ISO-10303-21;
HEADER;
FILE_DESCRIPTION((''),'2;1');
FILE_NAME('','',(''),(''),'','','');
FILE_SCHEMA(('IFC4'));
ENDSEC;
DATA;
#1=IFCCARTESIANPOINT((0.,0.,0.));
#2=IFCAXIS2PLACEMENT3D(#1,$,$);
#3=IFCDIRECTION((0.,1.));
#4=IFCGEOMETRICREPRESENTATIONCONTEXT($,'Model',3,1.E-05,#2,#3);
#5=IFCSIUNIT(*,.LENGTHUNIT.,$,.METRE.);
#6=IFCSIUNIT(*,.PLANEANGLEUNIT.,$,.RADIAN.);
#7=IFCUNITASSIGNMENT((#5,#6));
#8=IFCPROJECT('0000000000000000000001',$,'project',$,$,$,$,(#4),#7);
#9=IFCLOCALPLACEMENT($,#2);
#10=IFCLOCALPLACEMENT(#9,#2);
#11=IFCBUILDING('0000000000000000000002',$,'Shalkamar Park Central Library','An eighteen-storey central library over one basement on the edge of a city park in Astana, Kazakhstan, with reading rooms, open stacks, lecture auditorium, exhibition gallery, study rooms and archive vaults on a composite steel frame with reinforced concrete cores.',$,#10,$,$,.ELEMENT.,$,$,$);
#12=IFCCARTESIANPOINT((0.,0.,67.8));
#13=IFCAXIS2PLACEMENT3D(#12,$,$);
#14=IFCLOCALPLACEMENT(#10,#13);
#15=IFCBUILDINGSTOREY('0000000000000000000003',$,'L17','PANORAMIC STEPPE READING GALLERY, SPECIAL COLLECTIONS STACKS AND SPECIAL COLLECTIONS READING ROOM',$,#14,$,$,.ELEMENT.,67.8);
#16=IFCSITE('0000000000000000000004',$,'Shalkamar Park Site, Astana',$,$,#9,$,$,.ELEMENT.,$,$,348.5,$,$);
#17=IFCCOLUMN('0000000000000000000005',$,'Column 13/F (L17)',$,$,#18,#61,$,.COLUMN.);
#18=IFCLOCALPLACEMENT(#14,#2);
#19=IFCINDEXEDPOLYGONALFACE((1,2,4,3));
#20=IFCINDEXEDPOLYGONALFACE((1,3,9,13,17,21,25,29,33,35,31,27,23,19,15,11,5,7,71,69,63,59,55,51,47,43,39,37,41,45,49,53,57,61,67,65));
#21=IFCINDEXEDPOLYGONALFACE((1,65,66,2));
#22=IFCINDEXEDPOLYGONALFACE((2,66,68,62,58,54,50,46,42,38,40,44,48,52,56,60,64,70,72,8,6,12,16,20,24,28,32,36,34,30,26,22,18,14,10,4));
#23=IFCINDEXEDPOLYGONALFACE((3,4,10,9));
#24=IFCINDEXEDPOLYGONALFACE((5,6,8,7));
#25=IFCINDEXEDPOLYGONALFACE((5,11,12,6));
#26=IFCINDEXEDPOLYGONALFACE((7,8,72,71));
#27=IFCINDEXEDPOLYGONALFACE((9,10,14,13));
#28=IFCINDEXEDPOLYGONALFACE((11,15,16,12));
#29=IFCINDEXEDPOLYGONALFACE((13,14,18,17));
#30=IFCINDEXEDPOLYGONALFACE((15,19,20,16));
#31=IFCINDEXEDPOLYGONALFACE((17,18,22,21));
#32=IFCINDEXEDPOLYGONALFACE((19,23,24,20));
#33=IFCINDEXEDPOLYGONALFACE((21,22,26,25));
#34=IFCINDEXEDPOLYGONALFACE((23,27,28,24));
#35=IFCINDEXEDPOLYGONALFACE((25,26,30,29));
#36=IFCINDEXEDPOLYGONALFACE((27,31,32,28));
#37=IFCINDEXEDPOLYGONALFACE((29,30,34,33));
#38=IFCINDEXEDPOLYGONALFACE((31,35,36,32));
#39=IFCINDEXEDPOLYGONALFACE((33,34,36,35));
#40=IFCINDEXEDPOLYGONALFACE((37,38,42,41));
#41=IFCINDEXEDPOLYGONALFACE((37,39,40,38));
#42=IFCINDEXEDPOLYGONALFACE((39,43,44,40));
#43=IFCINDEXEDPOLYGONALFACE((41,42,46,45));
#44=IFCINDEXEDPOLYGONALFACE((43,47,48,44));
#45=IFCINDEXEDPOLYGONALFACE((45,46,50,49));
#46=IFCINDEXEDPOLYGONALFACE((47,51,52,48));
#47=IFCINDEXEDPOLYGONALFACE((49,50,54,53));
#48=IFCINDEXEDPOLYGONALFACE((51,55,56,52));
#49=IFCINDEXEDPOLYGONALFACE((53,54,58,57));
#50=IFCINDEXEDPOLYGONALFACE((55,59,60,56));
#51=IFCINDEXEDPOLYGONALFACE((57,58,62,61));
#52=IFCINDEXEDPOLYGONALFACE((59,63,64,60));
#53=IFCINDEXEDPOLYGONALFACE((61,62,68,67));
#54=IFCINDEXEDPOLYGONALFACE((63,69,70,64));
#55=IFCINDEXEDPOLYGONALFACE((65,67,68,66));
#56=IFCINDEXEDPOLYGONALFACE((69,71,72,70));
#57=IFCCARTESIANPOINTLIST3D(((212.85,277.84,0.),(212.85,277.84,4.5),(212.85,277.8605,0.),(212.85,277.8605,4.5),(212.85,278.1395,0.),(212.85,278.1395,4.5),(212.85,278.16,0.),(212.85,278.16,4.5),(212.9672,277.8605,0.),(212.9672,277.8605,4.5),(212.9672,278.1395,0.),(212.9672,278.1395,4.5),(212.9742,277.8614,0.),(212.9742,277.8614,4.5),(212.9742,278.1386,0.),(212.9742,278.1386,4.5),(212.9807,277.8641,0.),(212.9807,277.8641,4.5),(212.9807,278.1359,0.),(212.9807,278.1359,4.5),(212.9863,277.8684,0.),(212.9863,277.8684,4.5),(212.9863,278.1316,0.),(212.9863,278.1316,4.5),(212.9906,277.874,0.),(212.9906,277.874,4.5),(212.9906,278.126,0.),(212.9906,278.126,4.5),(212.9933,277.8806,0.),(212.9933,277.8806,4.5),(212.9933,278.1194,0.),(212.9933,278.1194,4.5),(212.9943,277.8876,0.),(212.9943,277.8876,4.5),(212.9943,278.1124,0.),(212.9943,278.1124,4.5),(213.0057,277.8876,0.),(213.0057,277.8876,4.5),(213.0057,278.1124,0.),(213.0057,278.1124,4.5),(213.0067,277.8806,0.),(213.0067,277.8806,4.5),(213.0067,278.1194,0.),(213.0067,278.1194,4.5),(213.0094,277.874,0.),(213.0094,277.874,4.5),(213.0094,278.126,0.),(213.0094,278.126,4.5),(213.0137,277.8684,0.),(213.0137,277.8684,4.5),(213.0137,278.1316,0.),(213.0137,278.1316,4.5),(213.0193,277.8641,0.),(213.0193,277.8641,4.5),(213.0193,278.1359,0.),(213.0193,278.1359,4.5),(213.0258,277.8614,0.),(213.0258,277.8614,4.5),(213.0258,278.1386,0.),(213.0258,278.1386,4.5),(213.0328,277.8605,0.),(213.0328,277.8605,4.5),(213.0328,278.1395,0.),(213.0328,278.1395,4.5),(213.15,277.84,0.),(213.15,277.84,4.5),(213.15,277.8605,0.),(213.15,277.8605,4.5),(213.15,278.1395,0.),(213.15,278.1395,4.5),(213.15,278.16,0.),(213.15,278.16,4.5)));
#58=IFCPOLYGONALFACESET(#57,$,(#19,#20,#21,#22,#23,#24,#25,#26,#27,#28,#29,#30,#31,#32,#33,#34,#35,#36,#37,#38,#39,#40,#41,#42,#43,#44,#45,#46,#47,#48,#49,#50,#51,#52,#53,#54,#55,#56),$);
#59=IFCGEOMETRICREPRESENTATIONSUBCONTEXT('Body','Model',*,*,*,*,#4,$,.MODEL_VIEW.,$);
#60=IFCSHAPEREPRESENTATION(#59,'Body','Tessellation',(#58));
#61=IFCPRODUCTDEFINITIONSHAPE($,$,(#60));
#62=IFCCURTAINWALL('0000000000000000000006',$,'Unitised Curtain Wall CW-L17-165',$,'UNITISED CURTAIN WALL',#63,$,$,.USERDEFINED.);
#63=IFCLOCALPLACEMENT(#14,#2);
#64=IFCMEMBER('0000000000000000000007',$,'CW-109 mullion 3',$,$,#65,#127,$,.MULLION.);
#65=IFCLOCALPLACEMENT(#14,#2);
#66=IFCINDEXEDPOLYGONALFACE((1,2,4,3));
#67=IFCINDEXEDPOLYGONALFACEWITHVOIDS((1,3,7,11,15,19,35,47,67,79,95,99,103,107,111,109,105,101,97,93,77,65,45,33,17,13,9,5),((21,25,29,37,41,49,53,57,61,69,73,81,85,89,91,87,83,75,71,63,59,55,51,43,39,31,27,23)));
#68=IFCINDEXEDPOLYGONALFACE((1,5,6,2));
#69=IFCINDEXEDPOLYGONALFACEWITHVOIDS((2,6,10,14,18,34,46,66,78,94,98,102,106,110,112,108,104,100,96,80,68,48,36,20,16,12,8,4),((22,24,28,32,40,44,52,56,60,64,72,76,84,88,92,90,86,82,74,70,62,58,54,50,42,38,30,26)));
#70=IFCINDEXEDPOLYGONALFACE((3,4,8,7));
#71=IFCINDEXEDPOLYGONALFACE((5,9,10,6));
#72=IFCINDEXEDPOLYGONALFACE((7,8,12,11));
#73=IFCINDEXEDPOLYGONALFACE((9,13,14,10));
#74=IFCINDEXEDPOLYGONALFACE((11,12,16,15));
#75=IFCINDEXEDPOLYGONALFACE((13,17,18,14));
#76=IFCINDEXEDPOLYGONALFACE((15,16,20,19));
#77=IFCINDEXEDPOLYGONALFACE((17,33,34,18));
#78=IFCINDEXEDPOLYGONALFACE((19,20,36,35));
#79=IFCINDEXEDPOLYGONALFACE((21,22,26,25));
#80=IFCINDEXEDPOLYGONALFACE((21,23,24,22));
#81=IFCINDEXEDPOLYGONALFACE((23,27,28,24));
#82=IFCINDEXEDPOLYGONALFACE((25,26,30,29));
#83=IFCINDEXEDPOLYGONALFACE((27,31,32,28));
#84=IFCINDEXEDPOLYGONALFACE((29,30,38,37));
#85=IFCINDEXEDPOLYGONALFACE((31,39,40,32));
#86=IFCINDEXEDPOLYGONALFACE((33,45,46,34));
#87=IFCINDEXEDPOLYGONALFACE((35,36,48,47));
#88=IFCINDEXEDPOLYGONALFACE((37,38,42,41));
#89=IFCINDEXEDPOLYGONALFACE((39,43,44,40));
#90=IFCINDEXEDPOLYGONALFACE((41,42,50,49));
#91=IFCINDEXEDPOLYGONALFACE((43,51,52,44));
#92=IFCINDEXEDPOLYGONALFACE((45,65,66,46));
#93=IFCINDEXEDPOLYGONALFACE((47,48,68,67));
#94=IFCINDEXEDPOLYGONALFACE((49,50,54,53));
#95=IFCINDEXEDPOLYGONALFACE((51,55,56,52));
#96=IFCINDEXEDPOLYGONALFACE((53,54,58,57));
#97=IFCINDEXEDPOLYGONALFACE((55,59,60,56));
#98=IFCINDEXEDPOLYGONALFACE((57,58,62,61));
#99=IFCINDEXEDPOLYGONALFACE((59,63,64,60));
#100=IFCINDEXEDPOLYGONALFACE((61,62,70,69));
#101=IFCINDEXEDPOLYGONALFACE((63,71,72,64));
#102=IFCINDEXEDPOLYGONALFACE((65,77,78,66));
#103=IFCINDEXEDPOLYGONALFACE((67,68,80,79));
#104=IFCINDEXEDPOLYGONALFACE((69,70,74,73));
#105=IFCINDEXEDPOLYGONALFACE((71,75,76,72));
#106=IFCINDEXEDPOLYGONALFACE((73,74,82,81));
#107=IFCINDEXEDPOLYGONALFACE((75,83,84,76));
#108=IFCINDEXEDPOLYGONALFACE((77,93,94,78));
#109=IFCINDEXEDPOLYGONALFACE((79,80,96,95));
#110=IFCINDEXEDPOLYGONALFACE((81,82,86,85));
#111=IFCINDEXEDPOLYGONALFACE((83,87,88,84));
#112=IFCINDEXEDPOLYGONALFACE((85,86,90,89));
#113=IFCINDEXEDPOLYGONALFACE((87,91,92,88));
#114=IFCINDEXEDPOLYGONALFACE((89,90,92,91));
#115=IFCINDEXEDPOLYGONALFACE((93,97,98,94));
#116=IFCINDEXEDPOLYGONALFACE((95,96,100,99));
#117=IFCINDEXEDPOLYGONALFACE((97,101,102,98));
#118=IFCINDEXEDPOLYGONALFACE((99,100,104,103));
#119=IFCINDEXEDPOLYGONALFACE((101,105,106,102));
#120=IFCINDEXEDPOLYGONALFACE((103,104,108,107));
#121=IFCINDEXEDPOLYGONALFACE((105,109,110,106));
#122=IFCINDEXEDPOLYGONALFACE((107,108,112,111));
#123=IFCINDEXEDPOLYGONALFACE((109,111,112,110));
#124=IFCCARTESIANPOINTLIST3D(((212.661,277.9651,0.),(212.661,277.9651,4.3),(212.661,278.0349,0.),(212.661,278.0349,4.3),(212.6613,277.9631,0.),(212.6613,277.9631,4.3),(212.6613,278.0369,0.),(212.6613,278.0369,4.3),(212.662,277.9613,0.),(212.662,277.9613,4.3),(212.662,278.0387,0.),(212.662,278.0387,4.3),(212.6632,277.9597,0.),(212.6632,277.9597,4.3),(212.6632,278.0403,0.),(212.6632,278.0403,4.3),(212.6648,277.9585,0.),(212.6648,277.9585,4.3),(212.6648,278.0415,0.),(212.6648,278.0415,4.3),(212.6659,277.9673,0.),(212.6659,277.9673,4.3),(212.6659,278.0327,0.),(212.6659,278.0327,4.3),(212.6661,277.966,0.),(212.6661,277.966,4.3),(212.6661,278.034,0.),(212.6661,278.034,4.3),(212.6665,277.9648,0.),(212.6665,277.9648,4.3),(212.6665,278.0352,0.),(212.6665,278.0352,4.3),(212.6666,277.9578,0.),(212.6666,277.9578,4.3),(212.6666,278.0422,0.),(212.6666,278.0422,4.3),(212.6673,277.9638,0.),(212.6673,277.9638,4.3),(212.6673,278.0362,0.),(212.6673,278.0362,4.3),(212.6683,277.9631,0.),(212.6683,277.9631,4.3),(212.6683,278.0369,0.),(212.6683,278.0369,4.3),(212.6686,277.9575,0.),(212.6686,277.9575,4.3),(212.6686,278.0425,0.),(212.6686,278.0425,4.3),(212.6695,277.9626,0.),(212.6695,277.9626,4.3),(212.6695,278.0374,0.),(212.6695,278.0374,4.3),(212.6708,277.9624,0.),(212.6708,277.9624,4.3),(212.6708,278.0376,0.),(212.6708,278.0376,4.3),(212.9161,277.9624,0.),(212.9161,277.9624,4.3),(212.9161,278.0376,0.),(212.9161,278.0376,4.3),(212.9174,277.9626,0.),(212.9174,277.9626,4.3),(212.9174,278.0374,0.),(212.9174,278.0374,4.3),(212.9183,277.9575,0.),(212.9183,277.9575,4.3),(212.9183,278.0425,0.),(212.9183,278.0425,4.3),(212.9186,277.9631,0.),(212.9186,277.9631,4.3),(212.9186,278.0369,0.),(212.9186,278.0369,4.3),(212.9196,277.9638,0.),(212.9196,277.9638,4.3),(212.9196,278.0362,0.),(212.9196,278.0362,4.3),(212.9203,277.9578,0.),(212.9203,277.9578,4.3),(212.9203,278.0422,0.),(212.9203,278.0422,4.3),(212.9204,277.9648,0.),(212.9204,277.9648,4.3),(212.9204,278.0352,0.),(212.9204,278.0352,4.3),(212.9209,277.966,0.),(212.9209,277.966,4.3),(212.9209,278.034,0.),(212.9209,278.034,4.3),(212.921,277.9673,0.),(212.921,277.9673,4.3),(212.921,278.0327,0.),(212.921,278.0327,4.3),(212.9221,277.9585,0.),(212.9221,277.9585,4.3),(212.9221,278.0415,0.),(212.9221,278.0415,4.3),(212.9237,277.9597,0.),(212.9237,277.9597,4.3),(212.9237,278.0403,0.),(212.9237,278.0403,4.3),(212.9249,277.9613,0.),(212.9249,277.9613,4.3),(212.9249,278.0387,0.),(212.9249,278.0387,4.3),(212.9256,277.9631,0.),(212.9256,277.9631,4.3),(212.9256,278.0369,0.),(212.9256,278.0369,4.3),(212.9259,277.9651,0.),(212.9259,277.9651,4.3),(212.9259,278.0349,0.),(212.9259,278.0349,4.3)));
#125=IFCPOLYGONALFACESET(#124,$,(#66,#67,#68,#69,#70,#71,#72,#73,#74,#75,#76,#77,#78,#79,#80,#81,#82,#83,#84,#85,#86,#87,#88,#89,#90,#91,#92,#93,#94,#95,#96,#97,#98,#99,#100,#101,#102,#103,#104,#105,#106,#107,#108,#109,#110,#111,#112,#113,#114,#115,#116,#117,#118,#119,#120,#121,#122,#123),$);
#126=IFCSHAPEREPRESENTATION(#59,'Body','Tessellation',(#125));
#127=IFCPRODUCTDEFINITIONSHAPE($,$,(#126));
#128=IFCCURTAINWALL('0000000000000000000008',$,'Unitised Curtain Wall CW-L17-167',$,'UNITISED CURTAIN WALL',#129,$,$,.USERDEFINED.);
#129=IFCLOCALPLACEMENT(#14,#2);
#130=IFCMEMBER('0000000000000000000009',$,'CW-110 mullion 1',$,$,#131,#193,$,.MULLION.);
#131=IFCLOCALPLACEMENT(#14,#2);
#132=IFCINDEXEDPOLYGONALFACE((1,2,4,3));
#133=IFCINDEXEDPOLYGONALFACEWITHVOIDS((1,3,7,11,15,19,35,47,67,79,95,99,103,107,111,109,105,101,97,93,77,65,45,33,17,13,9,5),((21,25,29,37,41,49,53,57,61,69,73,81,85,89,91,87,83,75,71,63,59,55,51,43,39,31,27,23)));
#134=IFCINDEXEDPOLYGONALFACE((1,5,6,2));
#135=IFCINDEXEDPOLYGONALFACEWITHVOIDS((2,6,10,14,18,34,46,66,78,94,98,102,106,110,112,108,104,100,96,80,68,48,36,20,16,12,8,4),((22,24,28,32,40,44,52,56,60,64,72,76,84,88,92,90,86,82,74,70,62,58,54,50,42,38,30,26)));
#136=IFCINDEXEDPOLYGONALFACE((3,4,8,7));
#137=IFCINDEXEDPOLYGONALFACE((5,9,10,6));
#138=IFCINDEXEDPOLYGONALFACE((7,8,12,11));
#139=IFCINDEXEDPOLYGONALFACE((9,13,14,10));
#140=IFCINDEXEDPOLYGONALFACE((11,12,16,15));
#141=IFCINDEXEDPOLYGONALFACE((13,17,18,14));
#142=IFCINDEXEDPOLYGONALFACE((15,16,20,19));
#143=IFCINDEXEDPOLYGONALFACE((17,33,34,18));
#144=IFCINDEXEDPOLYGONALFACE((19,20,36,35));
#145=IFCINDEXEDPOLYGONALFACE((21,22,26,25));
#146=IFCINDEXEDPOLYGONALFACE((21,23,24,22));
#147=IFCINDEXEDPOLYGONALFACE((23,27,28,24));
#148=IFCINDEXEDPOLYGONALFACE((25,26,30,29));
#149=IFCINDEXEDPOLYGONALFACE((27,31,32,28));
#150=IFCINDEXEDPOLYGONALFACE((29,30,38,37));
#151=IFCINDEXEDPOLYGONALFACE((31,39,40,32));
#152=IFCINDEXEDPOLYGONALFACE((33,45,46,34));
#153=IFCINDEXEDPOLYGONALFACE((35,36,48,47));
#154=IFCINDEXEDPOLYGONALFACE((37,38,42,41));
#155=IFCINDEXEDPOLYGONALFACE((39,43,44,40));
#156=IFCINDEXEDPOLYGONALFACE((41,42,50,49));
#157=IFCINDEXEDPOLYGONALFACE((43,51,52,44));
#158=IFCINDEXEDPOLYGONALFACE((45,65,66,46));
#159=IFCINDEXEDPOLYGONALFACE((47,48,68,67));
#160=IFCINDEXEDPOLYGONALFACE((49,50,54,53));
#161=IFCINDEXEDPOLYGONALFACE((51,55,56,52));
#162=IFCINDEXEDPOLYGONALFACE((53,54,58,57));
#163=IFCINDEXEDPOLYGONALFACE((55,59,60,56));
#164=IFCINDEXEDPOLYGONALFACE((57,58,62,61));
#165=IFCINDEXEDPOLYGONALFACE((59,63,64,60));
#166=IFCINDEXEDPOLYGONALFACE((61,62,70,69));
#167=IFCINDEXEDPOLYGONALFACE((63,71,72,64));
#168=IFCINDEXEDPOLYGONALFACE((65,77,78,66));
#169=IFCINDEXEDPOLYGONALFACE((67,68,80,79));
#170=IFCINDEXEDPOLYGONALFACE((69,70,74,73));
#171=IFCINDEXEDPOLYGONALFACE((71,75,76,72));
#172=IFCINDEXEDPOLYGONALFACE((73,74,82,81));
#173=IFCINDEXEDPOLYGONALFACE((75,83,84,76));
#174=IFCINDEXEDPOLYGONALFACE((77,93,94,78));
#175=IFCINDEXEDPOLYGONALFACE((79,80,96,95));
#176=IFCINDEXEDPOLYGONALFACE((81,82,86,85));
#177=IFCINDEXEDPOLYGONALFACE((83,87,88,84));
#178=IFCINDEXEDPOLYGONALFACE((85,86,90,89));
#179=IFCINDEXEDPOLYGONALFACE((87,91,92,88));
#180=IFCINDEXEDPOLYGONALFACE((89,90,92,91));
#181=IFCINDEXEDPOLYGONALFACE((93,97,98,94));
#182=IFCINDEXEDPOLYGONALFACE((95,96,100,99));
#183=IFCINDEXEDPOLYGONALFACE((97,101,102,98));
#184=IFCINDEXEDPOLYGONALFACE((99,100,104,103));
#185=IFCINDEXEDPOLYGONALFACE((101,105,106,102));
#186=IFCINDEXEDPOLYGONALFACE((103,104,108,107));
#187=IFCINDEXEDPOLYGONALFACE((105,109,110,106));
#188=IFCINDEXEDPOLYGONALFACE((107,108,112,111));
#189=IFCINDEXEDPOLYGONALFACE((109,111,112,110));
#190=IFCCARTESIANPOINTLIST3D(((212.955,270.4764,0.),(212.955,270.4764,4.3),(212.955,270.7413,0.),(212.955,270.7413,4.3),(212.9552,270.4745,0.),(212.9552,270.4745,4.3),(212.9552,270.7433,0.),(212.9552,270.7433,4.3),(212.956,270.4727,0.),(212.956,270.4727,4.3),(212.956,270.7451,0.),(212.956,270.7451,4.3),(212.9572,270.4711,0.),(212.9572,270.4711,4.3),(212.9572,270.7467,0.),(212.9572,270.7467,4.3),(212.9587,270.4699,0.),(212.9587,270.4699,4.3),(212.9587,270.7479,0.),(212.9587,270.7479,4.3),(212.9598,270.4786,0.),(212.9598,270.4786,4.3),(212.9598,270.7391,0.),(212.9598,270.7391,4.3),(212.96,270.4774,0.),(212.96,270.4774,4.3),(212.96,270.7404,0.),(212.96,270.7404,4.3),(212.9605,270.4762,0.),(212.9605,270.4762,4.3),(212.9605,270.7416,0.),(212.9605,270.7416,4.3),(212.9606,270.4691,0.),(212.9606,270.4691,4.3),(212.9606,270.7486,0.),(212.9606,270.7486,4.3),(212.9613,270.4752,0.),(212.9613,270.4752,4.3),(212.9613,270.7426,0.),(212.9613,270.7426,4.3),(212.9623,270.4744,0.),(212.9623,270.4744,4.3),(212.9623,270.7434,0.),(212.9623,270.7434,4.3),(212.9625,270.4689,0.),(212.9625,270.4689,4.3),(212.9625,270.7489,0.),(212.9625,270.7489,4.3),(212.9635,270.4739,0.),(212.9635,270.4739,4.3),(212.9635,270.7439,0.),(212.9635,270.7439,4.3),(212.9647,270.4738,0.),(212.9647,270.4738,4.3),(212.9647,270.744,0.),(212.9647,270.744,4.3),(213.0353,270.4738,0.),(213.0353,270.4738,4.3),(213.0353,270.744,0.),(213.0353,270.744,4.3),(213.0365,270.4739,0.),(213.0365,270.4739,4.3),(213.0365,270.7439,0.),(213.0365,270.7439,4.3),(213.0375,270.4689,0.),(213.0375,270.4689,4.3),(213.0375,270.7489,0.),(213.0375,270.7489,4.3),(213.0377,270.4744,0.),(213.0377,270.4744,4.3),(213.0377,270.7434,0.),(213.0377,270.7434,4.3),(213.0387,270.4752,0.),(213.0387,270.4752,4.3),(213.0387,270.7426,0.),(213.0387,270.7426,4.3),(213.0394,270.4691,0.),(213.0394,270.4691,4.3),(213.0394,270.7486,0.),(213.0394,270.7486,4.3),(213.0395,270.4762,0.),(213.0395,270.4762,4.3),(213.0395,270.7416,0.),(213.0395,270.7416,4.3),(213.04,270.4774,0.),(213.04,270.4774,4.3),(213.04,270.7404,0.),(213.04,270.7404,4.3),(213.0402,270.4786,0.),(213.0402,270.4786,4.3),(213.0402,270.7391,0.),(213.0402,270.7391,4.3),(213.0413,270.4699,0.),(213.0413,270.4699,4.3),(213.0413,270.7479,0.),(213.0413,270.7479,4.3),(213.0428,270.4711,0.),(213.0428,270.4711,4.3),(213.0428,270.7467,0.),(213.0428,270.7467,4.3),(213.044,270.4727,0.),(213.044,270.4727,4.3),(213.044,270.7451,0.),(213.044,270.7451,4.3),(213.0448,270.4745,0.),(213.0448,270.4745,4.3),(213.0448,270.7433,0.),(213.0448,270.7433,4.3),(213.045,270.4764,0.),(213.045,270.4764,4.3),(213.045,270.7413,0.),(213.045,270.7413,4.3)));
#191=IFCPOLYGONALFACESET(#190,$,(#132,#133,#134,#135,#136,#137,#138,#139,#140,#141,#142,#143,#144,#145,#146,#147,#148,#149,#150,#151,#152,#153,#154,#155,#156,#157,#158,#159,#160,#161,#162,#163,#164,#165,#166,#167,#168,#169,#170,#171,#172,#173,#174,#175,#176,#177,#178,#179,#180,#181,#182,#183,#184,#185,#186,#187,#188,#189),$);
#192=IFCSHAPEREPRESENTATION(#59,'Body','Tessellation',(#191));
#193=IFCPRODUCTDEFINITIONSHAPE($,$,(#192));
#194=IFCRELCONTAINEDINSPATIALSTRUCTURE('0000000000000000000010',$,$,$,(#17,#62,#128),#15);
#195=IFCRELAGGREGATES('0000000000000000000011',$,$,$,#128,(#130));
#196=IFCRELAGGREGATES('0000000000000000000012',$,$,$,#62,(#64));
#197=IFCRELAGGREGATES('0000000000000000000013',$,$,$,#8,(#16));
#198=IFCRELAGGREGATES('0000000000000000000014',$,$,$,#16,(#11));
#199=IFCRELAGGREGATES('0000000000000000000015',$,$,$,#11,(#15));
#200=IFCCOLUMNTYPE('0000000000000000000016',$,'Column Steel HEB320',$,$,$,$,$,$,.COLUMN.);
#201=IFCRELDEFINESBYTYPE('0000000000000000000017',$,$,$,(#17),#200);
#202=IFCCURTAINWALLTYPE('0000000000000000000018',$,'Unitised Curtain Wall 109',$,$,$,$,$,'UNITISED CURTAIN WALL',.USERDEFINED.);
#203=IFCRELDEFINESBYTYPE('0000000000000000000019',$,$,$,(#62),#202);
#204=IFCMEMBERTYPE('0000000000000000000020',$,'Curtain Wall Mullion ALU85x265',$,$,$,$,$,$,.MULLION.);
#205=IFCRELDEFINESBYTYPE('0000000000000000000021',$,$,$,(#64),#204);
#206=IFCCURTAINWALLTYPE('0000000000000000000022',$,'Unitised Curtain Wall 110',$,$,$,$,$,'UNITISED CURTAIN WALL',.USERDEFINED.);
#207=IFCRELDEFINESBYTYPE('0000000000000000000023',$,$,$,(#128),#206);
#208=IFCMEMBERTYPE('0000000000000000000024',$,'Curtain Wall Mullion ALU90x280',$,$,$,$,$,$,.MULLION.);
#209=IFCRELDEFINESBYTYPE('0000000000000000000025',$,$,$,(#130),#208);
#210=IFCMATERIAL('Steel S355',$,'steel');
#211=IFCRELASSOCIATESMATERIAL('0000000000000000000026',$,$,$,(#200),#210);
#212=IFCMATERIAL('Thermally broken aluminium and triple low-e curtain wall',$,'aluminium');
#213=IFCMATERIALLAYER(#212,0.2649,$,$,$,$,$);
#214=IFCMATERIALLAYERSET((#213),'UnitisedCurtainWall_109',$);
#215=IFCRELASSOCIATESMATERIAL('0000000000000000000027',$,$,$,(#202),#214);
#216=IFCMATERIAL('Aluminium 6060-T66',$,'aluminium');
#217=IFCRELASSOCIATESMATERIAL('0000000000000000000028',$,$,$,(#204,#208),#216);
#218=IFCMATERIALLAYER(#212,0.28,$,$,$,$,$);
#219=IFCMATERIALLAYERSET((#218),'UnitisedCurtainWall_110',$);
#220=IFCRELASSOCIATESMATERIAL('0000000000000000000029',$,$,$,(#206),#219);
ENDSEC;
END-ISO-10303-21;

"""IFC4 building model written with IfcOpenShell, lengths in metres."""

from ifc_helpers import new_model, si_unit, direction, frame, origin, origin_2d, place, context, subcontext, project, spatial, hollow_rectangle, i_section, extrude, material, layer, layer_set, material_profile, profile_set, type_object, element, aggregate, save


model = new_model("IFC4")

# Units and contexts
model_context = context("Model", 3, precision=1e-05, world=origin(), true_north=direction((0.0, 1.0)))
body_context = subcontext(model_context, "Body", "Model", "MODEL_VIEW")
ifc_project = project(units=[si_unit("LENGTHUNIT", "METRE"), si_unit("PLANEANGLEUNIT", "RADIAN")], contexts=[model_context])

# Site, building, storey
site_placement = place(None, origin())
site = spatial("IfcSite", under=ifc_project, at=site_placement, Name="Shalkamar Park Site, Astana", CompositionType="ELEMENT", RefElevation=348.5)
building_placement = place(site_placement, origin())
building = spatial("IfcBuilding", under=site, at=building_placement, Name="Shalkamar Park Central Library", Description="An eighteen-storey central library over one basement on the edge of a city park in Astana, Kazakhstan, with reading rooms, open stacks, lecture auditorium, exhibition gallery, study rooms and archive vaults on a composite steel frame with reinforced concrete cores.", CompositionType="ELEMENT")
storey_placement = place(building_placement, frame((0.0, 0.0, 67.8)))
storey = spatial("IfcBuildingStorey", under=building, at=storey_placement, Name="L17", Description="PANORAMIC STEPPE READING GALLERY, SPECIAL COLLECTIONS STACKS AND SPECIAL COLLECTIONS READING ROOM", CompositionType="ELEMENT", Elevation=67.8)

# Column
ifc_material_1 = material(Name="Steel S355", Category="steel")
ifc_material_profile_1 = material_profile(ifc_material_1, i_section(OverallWidth=0.3, OverallDepth=0.3201, WebThickness=0.0115, FlangeThickness=0.0205, FilletRadius=0.0271, at=origin_2d()), Name="HEB 320")
ifc_profile_set_1 = profile_set([ifc_material_profile_1], Name="Steel S355")
column_type = type_object("IfcColumnType", Name="Column Steel HEB320", PredefinedType="COLUMN", material=ifc_profile_set_1)
column_placement = place(storey_placement, frame((213.0, 278.0, 0.0), z_axis=(0.0, 0.0, 1.0), x_axis=(1.0, 0.0, 0.0)))
element("IfcColumn", 1, at=column_placement, inside=storey, type_object=column_type, Name="Column 13/F (L17)", PredefinedType="COLUMN", context=body_context, shape_type="SweptSolid", body=[
    extrude(i_section(OverallWidth=0.3, OverallDepth=0.3201, WebThickness=0.0115, FlangeThickness=0.0205, FilletRadius=0.0271, at=origin_2d()), origin(), (0.0, 0.0, 1.0), 4.5),
])

# Curtain wall, member
ifc_material_2 = material(Name="Thermally broken aluminium and triple low-e curtain wall", Category="aluminium")
ifc_layer_1 = layer(ifc_material_2, 0.2649)
ifc_layer_set_1 = layer_set([ifc_layer_1], Name="UnitisedCurtainWall_109")
curtain_wall_type_1 = type_object("IfcCurtainWallType", Name="Unitised Curtain Wall 109", ElementType="UNITISED CURTAIN WALL", PredefinedType="USERDEFINED", material=ifc_layer_set_1)
curtain_wall_1_placement = place(storey_placement, origin())
curtain_wall_1 = element("IfcCurtainWall", 2, at=curtain_wall_1_placement, inside=storey, type_object=curtain_wall_type_1, Name="Unitised Curtain Wall CW-L17-165", ObjectType="UNITISED CURTAIN WALL", PredefinedType="USERDEFINED")
ifc_material_3 = material(Name="Aluminium 6060-T66", Category="aluminium")
ifc_material_profile_2 = material_profile(ifc_material_3, hollow_rectangle(XDim=0.085, YDim=0.2649, WallThickness=0.0049, InnerFilletRadius=0.0049, OuterFilletRadius=0.0076, at=origin_2d()), Name="ALU 85x265x5")
ifc_profile_set_2 = profile_set([ifc_material_profile_2], Name="Aluminium 6060-T66")
member_type_1 = type_object("IfcMemberType", Name="Curtain Wall Mullion ALU85x265", PredefinedType="MULLION", material=ifc_profile_set_2)
member_1_placement = place(storey_placement, frame((212.7935, 278.0, 0.0), z_axis=(0.0, 0.0, 1.0), x_axis=(0.0, 1.0, 0.0)))
member_1 = element("IfcMember", 3, at=member_1_placement, type_object=member_type_1, Name="CW-109 mullion 3", PredefinedType="MULLION", context=body_context, shape_type="SweptSolid", body=[
    extrude(hollow_rectangle(XDim=0.085, YDim=0.2649, WallThickness=0.0049, InnerFilletRadius=0.0049, OuterFilletRadius=0.0076, at=origin_2d()), origin(), (0.0, 0.0, 1.0), 4.3),
])

# Curtain wall, member
ifc_layer_2 = layer(ifc_material_2, 0.28)
ifc_layer_set_2 = layer_set([ifc_layer_2], Name="UnitisedCurtainWall_110")
curtain_wall_type_2 = type_object("IfcCurtainWallType", Name="Unitised Curtain Wall 110", ElementType="UNITISED CURTAIN WALL", PredefinedType="USERDEFINED", material=ifc_layer_set_2)
curtain_wall_2_placement = place(storey_placement, origin())
curtain_wall_2 = element("IfcCurtainWall", 4, at=curtain_wall_2_placement, inside=storey, type_object=curtain_wall_type_2, Name="Unitised Curtain Wall CW-L17-167", ObjectType="UNITISED CURTAIN WALL", PredefinedType="USERDEFINED")
ifc_material_profile_3 = material_profile(ifc_material_3, hollow_rectangle(XDim=0.0901, YDim=0.28, WallThickness=0.0049, InnerFilletRadius=0.0049, OuterFilletRadius=0.0076, at=origin_2d()), Name="ALU 90x280x5")
ifc_profile_set_3 = profile_set([ifc_material_profile_3], Name="Aluminium 6060-T66")
member_type_2 = type_object("IfcMemberType", Name="Curtain Wall Mullion ALU90x280", PredefinedType="MULLION", material=ifc_profile_set_3)
member_2_placement = place(storey_placement, frame((213.0, 270.6089, 0.0), z_axis=(0.0, 0.0, 1.0), x_axis=(-1.0, 0.0, 0.0)))
member_2 = element("IfcMember", 5, at=member_2_placement, type_object=member_type_2, Name="CW-110 mullion 1", PredefinedType="MULLION", context=body_context, shape_type="SweptSolid", body=[
    extrude(hollow_rectangle(XDim=0.0901, YDim=0.28, WallThickness=0.0049, InnerFilletRadius=0.0049, OuterFilletRadius=0.0076, at=origin_2d()), origin(), (0.0, 0.0, 1.0), 4.3),
])

aggregate(curtain_wall_2, [member_2])
aggregate(curtain_wall_1, [member_1])

save(model, "model.ifc")
